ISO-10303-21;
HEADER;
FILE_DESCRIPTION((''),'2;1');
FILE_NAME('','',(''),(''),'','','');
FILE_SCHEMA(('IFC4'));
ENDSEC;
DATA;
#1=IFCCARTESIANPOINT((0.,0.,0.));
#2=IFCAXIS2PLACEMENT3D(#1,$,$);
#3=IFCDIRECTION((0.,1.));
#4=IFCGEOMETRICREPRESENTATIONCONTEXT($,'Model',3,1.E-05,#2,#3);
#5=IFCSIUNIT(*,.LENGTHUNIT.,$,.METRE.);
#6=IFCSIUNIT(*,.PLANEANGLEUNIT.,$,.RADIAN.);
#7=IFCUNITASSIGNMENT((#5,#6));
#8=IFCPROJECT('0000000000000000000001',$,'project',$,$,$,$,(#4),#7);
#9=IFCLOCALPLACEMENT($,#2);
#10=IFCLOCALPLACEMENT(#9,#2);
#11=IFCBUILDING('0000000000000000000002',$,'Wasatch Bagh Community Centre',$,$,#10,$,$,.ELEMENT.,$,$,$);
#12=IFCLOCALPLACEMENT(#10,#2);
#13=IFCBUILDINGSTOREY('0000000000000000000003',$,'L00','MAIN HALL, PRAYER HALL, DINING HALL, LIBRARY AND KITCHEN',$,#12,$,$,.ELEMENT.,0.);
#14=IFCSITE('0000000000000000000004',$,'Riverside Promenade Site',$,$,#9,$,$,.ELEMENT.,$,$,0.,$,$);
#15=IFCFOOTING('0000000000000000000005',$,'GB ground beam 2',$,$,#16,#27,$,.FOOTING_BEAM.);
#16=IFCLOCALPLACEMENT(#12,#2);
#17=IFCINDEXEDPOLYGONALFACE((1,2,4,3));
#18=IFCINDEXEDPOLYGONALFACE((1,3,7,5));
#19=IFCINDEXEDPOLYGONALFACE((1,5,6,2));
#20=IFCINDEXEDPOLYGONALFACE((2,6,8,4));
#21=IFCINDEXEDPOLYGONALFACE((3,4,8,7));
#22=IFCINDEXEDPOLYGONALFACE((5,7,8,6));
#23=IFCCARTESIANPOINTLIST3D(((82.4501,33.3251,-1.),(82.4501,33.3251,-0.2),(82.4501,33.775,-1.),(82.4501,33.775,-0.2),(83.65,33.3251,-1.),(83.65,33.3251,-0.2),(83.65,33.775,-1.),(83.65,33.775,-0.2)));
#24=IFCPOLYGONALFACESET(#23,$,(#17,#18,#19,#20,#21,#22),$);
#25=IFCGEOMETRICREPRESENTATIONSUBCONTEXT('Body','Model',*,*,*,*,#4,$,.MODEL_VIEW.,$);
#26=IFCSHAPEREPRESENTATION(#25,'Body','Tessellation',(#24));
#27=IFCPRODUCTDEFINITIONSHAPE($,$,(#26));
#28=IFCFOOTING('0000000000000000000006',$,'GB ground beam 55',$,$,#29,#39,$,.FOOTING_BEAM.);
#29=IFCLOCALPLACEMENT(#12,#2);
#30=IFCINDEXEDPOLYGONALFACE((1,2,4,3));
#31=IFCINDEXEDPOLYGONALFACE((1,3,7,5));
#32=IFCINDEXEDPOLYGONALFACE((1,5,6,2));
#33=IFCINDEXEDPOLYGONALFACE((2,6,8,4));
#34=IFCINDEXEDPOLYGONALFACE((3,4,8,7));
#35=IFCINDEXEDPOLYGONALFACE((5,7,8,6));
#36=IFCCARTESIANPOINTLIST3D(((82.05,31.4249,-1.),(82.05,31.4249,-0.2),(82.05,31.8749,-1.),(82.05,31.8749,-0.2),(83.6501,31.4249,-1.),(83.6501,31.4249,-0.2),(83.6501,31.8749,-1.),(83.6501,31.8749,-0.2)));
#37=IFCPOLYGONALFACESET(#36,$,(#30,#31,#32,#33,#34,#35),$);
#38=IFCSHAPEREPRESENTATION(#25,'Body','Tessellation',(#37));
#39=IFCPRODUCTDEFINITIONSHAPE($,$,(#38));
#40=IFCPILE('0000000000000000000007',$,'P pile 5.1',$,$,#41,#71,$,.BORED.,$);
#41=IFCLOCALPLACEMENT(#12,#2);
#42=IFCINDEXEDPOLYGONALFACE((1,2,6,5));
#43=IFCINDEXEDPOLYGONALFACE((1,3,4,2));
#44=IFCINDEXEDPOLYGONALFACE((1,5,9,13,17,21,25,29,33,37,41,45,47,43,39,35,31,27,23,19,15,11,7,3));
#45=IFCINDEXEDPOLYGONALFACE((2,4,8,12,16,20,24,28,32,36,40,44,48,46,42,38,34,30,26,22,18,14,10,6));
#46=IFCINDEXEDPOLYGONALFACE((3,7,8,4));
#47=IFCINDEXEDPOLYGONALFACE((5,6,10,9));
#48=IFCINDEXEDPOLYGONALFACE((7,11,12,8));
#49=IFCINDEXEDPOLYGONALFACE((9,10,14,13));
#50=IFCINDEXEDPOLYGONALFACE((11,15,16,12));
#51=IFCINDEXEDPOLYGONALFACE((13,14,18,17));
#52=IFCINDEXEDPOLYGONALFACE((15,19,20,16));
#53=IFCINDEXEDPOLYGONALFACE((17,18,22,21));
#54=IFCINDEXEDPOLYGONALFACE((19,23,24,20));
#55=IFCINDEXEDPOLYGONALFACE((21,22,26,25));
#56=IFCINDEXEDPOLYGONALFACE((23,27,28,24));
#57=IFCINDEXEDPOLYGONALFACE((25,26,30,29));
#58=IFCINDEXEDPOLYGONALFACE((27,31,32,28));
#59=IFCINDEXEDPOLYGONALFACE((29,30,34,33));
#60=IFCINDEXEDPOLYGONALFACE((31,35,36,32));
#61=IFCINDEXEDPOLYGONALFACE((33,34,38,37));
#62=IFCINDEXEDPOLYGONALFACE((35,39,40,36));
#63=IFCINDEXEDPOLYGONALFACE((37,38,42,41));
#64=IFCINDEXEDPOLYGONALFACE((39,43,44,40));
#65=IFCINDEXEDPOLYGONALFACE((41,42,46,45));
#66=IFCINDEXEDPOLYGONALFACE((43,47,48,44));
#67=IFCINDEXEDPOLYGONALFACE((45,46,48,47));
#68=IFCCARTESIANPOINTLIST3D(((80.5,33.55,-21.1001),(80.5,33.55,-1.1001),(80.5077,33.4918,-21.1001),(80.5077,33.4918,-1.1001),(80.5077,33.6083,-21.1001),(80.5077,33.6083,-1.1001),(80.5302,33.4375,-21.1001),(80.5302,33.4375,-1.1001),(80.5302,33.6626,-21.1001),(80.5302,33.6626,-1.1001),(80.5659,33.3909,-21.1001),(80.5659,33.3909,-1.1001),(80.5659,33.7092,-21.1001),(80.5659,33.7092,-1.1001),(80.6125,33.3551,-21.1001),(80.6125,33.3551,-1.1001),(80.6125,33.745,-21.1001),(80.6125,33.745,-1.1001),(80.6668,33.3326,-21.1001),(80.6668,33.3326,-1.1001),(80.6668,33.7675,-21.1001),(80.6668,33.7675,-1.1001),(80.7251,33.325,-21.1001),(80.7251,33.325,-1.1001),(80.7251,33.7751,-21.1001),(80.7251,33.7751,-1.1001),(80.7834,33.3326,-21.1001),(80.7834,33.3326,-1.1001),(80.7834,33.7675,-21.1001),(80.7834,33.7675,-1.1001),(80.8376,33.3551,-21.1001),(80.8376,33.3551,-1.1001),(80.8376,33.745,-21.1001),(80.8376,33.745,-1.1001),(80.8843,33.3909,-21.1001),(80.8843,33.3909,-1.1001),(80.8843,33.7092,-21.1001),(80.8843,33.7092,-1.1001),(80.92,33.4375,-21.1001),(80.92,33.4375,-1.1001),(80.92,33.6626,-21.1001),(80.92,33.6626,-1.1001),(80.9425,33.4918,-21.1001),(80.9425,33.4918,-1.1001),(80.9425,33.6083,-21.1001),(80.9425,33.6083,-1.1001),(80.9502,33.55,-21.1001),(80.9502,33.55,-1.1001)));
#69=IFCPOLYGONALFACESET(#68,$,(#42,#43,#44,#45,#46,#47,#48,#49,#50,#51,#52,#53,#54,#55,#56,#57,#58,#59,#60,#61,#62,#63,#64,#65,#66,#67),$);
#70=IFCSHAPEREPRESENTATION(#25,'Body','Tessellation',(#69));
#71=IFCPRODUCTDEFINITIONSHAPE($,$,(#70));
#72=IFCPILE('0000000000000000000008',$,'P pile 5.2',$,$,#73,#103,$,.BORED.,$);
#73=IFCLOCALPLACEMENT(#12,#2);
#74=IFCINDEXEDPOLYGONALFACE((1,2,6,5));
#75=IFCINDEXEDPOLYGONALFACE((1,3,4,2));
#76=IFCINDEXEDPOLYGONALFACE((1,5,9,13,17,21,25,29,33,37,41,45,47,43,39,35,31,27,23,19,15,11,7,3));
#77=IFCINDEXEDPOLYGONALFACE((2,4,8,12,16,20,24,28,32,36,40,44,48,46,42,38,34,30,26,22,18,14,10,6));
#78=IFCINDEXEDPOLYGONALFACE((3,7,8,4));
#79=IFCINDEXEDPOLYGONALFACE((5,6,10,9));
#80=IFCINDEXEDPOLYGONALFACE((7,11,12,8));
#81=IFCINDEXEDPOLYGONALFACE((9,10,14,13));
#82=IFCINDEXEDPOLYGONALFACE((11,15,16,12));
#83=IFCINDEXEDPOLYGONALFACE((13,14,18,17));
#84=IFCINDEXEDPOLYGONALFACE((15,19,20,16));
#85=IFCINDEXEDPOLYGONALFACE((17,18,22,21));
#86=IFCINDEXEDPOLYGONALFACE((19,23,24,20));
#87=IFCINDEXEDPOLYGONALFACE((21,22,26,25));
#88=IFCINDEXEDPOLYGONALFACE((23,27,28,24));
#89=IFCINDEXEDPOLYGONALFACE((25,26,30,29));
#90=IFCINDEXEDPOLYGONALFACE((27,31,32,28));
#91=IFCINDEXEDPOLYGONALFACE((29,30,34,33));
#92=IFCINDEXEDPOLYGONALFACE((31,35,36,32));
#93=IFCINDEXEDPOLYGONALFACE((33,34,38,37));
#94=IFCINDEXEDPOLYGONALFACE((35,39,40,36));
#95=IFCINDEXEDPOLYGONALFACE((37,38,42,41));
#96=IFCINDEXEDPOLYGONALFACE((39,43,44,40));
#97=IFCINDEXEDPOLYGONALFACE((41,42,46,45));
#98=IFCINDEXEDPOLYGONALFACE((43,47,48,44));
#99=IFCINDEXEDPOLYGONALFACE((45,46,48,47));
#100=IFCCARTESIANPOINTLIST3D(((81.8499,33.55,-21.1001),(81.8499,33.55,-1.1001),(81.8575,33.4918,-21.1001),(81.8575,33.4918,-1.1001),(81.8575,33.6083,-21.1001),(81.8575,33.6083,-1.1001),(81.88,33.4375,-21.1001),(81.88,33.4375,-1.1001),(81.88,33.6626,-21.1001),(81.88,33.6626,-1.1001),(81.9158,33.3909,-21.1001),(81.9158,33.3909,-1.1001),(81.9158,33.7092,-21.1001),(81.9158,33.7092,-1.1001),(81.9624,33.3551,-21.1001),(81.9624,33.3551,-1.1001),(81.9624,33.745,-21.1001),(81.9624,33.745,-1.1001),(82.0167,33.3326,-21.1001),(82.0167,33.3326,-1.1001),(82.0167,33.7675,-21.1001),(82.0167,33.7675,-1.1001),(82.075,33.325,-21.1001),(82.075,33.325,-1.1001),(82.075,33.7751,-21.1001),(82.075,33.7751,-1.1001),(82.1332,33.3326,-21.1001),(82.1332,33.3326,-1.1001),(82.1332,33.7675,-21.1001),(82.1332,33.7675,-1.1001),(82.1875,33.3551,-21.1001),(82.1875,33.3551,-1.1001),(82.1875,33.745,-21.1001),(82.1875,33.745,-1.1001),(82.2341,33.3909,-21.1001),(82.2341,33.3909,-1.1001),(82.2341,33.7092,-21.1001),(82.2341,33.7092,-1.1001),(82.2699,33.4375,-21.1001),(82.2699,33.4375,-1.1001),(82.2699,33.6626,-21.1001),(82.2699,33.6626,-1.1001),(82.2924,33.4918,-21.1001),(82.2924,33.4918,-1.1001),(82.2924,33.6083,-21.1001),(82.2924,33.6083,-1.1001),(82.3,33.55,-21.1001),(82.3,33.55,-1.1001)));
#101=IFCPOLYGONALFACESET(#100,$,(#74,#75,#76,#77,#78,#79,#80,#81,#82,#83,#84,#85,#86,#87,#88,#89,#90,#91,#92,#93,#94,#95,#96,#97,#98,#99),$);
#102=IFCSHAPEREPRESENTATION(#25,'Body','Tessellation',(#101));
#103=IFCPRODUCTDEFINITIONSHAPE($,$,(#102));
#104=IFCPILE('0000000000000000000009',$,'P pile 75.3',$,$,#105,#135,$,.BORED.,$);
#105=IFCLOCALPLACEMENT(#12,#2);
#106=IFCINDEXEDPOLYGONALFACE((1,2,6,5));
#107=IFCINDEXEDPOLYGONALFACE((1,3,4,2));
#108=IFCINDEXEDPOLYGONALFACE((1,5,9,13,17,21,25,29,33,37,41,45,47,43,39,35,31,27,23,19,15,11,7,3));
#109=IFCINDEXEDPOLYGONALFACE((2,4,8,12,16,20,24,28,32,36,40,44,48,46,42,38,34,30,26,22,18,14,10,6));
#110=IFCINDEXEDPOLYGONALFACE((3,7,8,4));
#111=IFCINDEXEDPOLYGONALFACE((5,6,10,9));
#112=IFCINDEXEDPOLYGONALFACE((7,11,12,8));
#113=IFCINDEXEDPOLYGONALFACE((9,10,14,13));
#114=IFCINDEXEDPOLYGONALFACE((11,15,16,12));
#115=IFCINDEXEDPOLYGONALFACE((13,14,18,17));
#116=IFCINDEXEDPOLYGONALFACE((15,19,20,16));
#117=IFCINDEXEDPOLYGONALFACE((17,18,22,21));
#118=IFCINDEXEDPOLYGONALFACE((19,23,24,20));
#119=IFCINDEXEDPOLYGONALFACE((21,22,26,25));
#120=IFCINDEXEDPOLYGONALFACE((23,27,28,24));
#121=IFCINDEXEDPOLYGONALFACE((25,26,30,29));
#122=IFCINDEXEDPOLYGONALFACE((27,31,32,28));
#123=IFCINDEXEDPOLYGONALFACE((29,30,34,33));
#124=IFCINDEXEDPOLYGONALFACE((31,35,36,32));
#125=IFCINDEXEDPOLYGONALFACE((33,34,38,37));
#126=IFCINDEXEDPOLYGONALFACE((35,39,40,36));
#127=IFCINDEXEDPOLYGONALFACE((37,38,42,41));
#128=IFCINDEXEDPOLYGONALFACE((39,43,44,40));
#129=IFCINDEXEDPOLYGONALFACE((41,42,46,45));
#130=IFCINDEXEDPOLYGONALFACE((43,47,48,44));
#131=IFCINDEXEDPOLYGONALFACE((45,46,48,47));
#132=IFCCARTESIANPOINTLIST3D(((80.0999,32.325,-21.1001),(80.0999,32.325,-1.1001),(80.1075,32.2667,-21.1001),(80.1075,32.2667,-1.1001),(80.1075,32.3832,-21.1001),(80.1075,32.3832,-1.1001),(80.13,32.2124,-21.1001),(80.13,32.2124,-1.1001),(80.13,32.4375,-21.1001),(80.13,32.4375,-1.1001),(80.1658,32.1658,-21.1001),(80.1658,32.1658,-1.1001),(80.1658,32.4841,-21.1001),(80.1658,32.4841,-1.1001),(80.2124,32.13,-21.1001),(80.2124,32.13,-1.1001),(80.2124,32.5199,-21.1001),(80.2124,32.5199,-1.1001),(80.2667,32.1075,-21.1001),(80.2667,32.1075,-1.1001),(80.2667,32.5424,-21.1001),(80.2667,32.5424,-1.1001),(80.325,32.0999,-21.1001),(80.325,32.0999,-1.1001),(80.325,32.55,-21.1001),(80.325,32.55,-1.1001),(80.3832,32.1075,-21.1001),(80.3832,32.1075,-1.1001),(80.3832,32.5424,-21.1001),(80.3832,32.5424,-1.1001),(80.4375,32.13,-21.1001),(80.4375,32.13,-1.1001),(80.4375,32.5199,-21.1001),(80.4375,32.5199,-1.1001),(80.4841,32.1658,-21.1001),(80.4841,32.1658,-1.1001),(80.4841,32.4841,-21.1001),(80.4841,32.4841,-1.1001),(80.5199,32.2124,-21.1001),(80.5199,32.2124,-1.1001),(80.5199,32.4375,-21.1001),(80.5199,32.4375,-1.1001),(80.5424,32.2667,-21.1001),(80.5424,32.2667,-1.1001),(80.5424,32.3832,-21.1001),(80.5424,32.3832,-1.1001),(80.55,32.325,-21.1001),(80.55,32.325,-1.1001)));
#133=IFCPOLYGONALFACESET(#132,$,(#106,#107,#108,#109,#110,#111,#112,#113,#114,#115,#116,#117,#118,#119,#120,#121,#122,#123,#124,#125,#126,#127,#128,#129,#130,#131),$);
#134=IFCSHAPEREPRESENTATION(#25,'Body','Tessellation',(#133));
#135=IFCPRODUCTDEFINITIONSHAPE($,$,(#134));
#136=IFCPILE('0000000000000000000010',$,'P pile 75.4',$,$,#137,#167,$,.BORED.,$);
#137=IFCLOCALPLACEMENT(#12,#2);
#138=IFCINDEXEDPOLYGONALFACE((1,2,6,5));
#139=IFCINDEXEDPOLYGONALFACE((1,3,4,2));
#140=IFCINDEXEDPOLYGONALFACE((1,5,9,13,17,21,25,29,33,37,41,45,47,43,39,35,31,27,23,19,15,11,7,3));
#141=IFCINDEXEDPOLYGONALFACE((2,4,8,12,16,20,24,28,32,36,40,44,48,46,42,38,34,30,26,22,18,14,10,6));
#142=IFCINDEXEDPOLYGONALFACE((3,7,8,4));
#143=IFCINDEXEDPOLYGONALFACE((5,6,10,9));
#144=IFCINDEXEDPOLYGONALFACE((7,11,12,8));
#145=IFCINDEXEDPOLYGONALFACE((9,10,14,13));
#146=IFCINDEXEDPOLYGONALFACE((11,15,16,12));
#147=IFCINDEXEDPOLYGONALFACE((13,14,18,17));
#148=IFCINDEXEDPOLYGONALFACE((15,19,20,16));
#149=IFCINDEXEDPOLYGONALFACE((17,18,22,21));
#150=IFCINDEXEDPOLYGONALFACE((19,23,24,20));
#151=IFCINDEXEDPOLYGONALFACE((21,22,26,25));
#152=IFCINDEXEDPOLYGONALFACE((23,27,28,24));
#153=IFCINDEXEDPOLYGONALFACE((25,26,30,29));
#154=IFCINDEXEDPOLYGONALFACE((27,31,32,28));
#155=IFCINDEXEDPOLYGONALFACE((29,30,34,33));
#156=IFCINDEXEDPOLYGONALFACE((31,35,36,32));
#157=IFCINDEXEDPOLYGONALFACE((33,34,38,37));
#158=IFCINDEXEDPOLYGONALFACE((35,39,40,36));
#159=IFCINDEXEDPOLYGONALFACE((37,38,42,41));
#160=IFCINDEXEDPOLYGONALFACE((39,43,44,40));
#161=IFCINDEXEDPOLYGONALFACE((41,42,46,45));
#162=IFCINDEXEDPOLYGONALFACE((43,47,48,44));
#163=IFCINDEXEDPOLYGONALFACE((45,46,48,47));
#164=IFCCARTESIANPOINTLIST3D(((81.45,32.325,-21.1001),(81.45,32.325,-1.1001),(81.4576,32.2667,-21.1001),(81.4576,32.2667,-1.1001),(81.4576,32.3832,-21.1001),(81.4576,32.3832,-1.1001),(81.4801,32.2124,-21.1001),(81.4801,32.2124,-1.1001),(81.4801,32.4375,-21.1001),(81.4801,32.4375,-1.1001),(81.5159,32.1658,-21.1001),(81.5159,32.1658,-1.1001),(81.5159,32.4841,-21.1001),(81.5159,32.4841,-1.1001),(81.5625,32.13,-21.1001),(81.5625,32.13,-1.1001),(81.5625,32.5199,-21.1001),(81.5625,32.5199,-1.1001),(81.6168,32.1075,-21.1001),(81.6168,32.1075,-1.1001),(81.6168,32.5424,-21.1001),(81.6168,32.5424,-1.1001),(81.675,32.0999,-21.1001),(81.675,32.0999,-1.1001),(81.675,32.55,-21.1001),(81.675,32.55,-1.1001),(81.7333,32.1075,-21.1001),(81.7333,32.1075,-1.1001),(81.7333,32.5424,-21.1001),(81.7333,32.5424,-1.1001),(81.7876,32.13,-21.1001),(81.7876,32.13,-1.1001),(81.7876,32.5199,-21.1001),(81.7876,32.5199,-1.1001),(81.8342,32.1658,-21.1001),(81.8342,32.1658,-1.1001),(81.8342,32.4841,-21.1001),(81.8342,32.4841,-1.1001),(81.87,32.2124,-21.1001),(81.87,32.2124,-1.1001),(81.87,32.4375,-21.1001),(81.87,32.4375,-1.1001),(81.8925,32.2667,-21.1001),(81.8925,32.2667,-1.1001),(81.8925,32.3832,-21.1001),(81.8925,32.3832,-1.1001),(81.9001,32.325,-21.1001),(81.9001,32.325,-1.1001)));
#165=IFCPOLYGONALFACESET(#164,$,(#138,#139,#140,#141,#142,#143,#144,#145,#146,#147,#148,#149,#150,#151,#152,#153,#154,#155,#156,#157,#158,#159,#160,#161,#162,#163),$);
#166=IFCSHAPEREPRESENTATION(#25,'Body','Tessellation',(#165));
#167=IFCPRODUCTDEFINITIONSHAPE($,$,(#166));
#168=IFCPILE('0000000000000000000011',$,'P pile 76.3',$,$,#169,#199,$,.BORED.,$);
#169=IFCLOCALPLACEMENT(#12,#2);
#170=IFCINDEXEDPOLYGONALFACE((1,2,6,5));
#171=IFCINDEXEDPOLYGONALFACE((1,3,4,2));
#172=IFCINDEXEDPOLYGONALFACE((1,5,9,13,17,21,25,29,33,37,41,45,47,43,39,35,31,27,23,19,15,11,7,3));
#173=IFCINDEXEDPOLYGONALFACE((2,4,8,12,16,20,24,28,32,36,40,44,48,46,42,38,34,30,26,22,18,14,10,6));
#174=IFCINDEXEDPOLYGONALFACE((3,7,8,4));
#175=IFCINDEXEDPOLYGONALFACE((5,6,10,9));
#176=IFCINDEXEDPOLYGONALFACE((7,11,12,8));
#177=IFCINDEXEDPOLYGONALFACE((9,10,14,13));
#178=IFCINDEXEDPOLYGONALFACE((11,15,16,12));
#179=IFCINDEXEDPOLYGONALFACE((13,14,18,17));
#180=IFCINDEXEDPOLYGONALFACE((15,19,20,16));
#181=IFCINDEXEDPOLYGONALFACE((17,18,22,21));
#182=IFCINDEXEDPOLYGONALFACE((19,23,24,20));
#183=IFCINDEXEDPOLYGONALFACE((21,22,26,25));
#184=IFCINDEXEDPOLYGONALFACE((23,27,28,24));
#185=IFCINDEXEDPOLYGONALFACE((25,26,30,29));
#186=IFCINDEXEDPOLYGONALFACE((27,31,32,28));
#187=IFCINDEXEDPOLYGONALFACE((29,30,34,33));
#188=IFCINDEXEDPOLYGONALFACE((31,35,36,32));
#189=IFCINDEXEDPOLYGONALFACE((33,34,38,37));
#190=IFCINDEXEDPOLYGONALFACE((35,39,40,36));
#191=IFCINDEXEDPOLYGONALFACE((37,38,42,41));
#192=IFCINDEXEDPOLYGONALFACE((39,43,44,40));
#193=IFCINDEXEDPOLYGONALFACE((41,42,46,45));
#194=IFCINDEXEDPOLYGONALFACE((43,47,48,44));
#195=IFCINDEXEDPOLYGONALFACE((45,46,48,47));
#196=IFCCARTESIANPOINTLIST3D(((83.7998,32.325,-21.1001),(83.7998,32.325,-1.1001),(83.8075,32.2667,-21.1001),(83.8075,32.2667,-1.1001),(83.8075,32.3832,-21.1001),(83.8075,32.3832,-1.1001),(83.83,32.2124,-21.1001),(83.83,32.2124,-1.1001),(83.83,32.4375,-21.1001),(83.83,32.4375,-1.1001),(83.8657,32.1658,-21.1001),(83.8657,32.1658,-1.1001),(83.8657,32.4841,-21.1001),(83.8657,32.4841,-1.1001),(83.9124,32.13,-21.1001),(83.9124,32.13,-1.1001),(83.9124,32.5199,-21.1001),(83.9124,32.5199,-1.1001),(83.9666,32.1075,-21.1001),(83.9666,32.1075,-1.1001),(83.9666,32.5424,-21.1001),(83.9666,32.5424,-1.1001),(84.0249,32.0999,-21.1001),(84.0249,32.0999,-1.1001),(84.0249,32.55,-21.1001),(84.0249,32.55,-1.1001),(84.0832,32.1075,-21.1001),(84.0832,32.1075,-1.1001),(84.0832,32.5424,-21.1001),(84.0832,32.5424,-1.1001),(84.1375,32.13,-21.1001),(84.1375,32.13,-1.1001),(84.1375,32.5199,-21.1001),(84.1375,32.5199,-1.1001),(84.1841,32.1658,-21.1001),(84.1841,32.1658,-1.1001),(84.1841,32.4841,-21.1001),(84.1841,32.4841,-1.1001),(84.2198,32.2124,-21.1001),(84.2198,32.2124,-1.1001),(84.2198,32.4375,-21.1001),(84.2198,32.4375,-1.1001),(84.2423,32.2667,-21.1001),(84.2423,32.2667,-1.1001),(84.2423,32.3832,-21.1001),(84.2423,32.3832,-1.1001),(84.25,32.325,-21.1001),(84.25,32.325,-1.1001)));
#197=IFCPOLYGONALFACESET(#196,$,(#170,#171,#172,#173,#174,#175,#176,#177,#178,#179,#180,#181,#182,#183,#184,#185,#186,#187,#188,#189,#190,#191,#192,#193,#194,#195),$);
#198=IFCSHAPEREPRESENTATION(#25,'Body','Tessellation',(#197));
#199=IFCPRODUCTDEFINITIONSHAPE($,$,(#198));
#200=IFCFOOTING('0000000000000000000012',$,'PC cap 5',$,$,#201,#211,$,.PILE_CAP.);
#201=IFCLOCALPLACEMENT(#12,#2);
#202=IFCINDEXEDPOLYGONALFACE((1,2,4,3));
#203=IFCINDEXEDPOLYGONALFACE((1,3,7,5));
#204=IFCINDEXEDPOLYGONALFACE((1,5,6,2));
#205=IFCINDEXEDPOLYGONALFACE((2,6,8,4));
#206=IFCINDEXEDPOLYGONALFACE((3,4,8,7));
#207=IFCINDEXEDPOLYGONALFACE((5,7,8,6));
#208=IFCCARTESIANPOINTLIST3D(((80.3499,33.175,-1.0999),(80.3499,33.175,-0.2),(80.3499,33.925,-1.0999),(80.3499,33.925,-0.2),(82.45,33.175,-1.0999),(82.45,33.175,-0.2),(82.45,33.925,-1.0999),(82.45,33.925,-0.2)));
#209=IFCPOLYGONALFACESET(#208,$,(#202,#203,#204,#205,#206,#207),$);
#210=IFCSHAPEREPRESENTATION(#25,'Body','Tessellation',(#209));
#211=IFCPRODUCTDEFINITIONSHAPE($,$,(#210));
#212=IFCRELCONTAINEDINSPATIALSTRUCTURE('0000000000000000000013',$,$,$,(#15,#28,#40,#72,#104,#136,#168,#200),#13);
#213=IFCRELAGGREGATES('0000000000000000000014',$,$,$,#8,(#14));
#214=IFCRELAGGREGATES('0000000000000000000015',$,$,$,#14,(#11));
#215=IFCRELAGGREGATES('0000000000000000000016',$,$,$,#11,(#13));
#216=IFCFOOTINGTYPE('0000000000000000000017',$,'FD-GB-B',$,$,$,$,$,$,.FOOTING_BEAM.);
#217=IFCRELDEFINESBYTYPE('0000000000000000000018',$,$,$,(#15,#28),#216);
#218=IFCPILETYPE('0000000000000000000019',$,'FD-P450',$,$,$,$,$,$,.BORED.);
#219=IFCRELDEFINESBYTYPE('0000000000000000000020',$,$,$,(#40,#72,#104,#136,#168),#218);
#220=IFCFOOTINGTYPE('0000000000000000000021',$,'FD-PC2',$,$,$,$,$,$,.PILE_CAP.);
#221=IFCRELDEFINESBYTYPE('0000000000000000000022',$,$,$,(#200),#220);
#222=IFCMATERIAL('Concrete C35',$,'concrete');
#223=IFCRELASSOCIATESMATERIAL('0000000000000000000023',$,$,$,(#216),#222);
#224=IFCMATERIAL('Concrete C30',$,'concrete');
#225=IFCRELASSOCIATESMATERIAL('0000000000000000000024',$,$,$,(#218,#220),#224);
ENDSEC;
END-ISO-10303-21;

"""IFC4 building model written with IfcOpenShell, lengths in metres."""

from ifc_helpers import new_model, si_unit, direction, frame, origin, origin_2d, place, context, subcontext, project, spatial, rectangle, circle, extrude, material, material_profile, profile_set, type_object, element, save


model = new_model("IFC4")

# Units and contexts
model_context = context("Model", 3, precision=1e-05, world=origin(), true_north=direction((0.0, 1.0)))
body_context = subcontext(model_context, "Body", "Model", "MODEL_VIEW")
ifc_project = project(units=[si_unit("LENGTHUNIT", "METRE"), si_unit("PLANEANGLEUNIT", "RADIAN")], contexts=[model_context])

# Site, building, storey
site_placement = place(None, origin())
site = spatial("IfcSite", under=ifc_project, at=site_placement, Name="Riverside Promenade Site", CompositionType="ELEMENT", RefElevation=0.0)
building_placement = place(site_placement, origin())
building = spatial("IfcBuilding", under=site, at=building_placement, Name="Wasatch Bagh Community Centre", CompositionType="ELEMENT")
storey_placement = place(building_placement, origin())
storey = spatial("IfcBuildingStorey", under=building, at=storey_placement, Name="L00", Description="MAIN HALL, PRAYER HALL, DINING HALL, LIBRARY AND KITCHEN", CompositionType="ELEMENT", Elevation=0.0)

# Footings
ifc_material_1 = material(Name="Concrete C35", Category="concrete")
footing_type_1 = type_object("IfcFootingType", Name="FD-GB-B", PredefinedType="FOOTING_BEAM", material=ifc_material_1)
footing_1_placement = place(storey_placement, frame((83.05, 33.55, -1.0), z_axis=(0.0, 0.0, 1.0), x_axis=(-1.0, 0.0, 0.0)))
element("IfcFooting", 1, at=footing_1_placement, inside=storey, type_object=footing_type_1, Name="GB ground beam 2", PredefinedType="FOOTING_BEAM", context=body_context, shape_type="SweptSolid", body=[
    extrude(rectangle(XDim=1.2, YDim=0.45, at=origin_2d()), origin(), (0.0, 0.0, 1.0), 0.8),
])
footing_2_placement = place(storey_placement, frame((82.8501, 31.6499, -1.0), z_axis=(0.0, 0.0, 1.0), x_axis=(1.0, 0.0, 0.0)))
element("IfcFooting", 2, at=footing_2_placement, inside=storey, type_object=footing_type_1, Name="GB ground beam 55", PredefinedType="FOOTING_BEAM", context=body_context, shape_type="SweptSolid", body=[
    extrude(rectangle(XDim=1.6001, YDim=0.45, at=origin_2d()), origin(), (0.0, 0.0, 1.0), 0.8),
])

# Piles
ifc_material_2 = material(Name="Concrete C30", Category="concrete")
ifc_material_profile_1 = material_profile(ifc_material_2, circle(Radius=0.2251, at=origin_2d()), Name="RC D450")
ifc_profile_set_1 = profile_set([ifc_material_profile_1], Name="Concrete C30")
pile_type = type_object("IfcPileType", Name="FD-P450", PredefinedType="BORED", material=ifc_profile_set_1)
for number, where, z_axis, x_axis, name in (
    (3, (80.7251, 33.55, -1.1001), (0.0, 0.0, -1.0), (1.0, 0.0, 0.0), "P pile 5.1"),
    (4, (82.075, 33.55, -1.1001), (0.0, 0.0, -1.0), (1.0, 0.0, 0.0), "P pile 5.2"),
    (5, (80.325, 32.325, -1.1001), (0.0, 0.0, -1.0), (1.0, 0.0, 0.0), "P pile 75.3"),
    (6, (81.675, 32.325, -1.1001), (0.0, 0.0, -1.0), (1.0, 0.0, 0.0), "P pile 75.4"),
    (7, (84.0249, 32.325, -1.1001), (0.0, 0.0, -1.0), (1.0, 0.0, 0.0), "P pile 76.3"),
):
    element("IfcPile", number, at=place(storey_placement, frame(where, z_axis=z_axis, x_axis=x_axis)), inside=storey, type_object=pile_type, Name=name, PredefinedType="BORED", context=body_context, shape_type="SweptSolid", body=[
        extrude(circle(Radius=0.2251, at=origin_2d()), origin(), (0.0, 0.0, 1.0), 20.0),
    ])

# Footing
footing_type_2 = type_object("IfcFootingType", Name="FD-PC2", PredefinedType="PILE_CAP", material=ifc_material_2)
footing_3_placement = place(storey_placement, frame((81.3999, 33.55, -1.0999), z_axis=(0.0, 0.0, 1.0), x_axis=(1.0, 0.0, 0.0)))
element("IfcFooting", 8, at=footing_3_placement, inside=storey, type_object=footing_type_2, Name="PC cap 5", PredefinedType="PILE_CAP", context=body_context, shape_type="SweptSolid", body=[
    extrude(rectangle(XDim=2.1001, YDim=0.75, at=origin_2d()), origin(), (0.0, 0.0, 1.0), 0.8999),
])

save(model, "model.ifc")
